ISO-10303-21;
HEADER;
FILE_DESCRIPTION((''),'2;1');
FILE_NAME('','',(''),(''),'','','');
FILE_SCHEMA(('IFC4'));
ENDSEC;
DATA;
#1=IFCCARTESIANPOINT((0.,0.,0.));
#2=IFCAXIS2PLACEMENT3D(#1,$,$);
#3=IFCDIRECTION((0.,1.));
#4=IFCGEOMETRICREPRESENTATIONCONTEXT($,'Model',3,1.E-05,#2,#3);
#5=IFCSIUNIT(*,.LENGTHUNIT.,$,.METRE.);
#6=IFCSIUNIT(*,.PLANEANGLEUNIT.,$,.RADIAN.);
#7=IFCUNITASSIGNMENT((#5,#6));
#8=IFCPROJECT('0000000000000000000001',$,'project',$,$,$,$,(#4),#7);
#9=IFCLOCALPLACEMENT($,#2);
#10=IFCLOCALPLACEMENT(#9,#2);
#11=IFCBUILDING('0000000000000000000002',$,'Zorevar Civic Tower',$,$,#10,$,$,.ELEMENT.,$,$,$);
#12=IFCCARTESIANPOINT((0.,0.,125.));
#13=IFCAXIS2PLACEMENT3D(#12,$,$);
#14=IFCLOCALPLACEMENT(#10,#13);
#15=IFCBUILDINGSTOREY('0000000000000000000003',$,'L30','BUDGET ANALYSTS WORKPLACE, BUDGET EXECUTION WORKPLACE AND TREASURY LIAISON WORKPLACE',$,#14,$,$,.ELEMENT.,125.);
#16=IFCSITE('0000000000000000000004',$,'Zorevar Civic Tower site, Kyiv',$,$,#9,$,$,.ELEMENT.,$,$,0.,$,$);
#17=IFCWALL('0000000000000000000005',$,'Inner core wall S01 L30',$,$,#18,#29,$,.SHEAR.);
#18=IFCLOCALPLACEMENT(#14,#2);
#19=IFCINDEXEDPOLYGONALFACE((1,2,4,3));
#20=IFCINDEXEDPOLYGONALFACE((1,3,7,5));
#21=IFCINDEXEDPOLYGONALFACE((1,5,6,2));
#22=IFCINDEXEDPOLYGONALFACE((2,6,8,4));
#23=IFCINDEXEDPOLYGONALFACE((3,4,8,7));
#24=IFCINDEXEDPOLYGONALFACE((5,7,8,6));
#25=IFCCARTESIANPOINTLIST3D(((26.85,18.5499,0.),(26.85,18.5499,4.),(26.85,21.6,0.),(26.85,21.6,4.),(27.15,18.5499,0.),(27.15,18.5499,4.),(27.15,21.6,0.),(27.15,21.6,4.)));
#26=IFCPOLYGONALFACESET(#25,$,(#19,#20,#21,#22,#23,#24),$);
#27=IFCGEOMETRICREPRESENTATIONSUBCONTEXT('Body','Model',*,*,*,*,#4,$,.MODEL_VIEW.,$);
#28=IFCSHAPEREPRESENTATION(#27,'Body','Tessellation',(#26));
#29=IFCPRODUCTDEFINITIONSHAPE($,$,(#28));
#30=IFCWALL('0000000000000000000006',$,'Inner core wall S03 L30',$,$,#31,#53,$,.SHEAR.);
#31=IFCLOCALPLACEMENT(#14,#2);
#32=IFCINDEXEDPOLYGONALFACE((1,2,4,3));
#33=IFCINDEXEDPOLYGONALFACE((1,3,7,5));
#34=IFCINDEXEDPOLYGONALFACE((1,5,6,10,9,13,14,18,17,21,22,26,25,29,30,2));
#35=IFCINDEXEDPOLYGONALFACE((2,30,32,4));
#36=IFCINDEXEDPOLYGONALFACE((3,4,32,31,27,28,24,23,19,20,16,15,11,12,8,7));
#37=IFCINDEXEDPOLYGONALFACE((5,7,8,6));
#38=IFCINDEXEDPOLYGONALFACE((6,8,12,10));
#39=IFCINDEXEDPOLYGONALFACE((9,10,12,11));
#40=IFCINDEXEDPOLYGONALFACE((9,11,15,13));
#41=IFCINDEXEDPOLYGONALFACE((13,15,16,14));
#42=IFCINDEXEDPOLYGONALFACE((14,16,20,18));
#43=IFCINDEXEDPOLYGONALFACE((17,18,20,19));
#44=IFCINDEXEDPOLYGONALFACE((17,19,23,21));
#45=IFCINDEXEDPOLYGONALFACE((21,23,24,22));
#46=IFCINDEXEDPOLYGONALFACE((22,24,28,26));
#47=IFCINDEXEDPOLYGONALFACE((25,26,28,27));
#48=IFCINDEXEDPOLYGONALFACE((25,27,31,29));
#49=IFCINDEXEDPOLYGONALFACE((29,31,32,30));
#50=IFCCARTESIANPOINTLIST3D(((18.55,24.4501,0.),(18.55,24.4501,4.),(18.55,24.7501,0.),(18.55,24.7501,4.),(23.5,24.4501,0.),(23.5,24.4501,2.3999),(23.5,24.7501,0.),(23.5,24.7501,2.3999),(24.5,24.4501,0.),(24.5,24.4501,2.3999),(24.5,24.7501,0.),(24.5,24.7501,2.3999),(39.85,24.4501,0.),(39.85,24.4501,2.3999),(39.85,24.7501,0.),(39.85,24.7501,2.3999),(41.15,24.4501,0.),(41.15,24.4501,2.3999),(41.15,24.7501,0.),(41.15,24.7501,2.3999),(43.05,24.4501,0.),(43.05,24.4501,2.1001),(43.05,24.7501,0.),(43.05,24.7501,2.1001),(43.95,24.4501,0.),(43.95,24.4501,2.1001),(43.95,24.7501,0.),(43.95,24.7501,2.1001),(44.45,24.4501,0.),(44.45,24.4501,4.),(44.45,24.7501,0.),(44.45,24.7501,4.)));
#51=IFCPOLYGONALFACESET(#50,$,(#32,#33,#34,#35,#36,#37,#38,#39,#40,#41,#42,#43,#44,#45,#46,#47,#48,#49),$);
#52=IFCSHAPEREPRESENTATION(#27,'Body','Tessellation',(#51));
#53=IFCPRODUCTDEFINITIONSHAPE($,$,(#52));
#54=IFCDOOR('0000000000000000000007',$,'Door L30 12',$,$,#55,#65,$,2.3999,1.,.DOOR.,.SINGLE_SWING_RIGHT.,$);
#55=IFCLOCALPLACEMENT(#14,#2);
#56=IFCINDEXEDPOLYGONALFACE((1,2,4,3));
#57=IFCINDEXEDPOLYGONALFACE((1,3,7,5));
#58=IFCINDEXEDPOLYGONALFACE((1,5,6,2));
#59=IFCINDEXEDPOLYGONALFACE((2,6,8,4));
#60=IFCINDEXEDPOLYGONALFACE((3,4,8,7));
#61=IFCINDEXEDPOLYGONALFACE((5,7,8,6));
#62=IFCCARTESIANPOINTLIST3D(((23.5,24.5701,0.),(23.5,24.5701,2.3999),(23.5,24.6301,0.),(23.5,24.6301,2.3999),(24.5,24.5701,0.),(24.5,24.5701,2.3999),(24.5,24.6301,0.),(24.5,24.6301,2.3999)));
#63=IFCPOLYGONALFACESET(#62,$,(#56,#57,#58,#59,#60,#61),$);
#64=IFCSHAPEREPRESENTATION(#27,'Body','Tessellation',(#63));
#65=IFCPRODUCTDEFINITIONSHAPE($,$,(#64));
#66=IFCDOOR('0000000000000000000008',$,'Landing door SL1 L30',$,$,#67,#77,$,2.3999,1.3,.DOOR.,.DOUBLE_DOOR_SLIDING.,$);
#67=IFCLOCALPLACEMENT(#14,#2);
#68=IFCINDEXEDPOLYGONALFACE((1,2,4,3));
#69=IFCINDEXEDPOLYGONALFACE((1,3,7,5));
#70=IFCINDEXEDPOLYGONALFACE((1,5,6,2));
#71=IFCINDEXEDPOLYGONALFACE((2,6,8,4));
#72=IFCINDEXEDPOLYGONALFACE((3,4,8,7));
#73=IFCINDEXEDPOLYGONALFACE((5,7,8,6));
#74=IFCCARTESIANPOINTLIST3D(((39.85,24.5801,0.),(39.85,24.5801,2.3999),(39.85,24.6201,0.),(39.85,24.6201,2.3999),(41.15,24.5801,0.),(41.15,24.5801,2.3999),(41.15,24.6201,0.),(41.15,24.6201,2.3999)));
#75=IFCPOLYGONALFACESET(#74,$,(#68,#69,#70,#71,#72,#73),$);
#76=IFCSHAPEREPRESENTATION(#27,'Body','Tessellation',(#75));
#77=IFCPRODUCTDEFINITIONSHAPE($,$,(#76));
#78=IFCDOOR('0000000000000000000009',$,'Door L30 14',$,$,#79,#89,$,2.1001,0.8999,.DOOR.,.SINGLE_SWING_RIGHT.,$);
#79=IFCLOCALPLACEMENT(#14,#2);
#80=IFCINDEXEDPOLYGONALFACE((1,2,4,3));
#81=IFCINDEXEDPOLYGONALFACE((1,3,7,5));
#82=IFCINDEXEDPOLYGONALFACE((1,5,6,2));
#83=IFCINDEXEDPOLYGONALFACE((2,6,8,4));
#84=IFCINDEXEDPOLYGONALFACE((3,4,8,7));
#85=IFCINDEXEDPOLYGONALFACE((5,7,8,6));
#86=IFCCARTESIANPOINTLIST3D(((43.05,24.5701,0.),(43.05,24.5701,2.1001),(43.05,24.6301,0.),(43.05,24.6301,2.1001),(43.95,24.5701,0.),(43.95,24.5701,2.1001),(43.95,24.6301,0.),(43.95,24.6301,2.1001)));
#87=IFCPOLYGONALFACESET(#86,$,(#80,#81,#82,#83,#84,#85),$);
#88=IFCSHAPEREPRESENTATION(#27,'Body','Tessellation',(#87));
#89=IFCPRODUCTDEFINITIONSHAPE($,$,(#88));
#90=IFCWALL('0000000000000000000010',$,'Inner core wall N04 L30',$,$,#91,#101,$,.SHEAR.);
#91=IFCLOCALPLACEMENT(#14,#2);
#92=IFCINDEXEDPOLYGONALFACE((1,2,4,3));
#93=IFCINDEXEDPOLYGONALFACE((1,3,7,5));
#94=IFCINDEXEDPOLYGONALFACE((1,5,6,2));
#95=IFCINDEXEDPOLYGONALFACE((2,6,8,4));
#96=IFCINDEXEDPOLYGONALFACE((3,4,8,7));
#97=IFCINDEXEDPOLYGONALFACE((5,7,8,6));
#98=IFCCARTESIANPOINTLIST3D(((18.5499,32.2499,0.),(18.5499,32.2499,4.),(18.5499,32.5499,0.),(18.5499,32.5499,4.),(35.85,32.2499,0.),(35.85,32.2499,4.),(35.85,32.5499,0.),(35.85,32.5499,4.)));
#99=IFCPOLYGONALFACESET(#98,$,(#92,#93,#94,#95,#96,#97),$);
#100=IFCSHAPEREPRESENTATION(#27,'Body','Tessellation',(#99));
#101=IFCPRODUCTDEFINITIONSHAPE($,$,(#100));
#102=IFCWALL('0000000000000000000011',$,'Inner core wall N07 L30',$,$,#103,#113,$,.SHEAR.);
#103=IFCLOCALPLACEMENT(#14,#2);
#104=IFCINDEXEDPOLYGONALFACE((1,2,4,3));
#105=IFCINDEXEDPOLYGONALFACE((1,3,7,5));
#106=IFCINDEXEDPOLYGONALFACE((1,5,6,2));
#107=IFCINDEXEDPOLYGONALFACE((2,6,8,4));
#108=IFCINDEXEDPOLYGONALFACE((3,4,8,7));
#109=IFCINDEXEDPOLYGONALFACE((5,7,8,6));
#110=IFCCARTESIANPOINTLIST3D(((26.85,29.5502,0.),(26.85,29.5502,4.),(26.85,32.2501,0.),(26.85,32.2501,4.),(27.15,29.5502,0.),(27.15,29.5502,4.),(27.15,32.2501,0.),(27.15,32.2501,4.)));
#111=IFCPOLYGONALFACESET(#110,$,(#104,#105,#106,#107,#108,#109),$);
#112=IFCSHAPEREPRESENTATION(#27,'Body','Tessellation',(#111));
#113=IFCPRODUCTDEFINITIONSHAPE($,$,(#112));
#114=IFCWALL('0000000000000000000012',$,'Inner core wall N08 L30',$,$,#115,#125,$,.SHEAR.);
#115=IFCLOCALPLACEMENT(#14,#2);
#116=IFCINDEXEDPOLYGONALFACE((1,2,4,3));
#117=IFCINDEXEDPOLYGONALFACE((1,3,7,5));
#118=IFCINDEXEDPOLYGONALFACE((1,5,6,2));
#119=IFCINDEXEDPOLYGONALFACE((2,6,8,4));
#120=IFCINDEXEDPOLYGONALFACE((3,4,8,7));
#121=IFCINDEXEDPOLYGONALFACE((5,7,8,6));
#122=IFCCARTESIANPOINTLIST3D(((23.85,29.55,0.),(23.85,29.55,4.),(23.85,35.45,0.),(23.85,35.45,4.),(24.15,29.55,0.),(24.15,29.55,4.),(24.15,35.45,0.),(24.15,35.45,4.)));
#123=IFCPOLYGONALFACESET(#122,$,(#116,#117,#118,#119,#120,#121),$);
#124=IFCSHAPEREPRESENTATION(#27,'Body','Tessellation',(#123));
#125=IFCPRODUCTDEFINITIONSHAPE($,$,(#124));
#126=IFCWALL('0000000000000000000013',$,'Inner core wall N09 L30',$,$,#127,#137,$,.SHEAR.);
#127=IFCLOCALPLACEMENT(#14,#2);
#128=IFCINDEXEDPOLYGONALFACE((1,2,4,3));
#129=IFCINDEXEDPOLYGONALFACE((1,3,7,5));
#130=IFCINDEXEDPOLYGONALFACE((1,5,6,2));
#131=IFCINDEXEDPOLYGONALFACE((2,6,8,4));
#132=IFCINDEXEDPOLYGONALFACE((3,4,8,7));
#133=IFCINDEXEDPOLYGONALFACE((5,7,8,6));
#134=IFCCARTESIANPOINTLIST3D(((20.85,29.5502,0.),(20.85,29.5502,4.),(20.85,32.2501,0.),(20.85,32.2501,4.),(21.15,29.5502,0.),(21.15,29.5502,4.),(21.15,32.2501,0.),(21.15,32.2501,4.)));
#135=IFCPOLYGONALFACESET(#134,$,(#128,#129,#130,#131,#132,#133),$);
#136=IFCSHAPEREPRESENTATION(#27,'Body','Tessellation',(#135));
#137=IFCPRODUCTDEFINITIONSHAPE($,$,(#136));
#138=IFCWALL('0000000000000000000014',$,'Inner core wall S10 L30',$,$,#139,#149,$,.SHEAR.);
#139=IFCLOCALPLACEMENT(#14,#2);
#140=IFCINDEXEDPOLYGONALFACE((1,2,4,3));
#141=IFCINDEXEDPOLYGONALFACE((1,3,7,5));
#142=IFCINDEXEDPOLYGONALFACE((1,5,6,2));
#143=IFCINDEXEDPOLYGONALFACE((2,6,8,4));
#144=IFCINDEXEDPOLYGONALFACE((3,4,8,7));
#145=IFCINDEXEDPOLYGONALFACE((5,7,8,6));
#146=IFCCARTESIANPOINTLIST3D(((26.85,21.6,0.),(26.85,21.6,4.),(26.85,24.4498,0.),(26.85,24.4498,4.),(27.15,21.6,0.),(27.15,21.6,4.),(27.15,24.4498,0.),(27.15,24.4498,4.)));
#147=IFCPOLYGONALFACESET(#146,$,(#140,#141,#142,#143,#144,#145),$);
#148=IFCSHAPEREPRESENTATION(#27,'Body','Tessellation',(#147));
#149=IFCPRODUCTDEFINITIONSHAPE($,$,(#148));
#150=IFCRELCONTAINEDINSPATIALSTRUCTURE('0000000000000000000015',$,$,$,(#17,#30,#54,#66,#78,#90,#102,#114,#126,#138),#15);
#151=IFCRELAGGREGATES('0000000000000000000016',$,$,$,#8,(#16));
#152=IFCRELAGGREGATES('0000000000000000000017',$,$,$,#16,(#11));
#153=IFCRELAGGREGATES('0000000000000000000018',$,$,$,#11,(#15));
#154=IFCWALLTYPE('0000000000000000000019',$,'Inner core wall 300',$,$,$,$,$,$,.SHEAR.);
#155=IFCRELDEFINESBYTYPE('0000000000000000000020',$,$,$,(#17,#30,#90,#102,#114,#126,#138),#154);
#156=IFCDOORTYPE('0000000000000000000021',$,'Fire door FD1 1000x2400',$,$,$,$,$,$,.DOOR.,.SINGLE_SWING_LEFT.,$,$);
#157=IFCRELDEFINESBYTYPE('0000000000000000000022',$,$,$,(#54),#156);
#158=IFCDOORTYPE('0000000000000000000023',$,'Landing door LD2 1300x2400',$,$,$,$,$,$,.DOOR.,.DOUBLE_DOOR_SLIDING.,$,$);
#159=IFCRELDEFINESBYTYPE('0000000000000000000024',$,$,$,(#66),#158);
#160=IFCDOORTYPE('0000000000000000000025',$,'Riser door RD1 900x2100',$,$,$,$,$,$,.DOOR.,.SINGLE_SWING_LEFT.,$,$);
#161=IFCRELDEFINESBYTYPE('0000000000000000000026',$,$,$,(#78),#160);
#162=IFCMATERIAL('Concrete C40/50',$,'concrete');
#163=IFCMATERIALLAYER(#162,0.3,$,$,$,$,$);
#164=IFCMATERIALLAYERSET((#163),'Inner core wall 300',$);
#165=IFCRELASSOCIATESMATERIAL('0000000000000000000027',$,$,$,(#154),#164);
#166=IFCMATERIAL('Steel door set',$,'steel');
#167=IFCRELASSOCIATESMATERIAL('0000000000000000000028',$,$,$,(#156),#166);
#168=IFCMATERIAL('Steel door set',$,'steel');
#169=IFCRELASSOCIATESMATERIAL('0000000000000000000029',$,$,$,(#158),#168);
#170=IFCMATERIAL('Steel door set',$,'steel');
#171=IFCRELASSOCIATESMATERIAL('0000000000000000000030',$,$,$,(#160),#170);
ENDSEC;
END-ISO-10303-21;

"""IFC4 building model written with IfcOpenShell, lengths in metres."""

from ifc_helpers import new_model, si_unit, direction, frame, frame_2d, origin, place, context, subcontext, project, spatial, rectangle, extrude, material, layer, layer_set, type_object, element, fill, save


model = new_model("IFC4")

# Units and contexts
model_context = context("Model", 3, precision=1e-05, world=origin(), true_north=direction((0.0, 1.0)))
body_context = subcontext(model_context, "Body", "Model", "MODEL_VIEW")
ifc_project = project(units=[si_unit("LENGTHUNIT", "METRE"), si_unit("PLANEANGLEUNIT", "RADIAN")], contexts=[model_context])

# Site, building, storey
site_placement = place(None, origin())
site = spatial("IfcSite", under=ifc_project, at=site_placement, Name="Zorevar Civic Tower site, Kyiv", CompositionType="ELEMENT", RefElevation=0.0)
building_placement = place(site_placement, origin())
building = spatial("IfcBuilding", under=site, at=building_placement, Name="Zorevar Civic Tower", CompositionType="ELEMENT")
storey_placement = place(building_placement, frame((0.0, 0.0, 125.0)))
storey = spatial("IfcBuildingStorey", under=building, at=storey_placement, Name="L30", Description="BUDGET ANALYSTS WORKPLACE, BUDGET EXECUTION WORKPLACE AND TREASURY LIAISON WORKPLACE", CompositionType="ELEMENT", Elevation=125.0)

# Wall
ifc_material_1 = material(Name="Concrete C40/50", Category="concrete")
ifc_layer = layer(ifc_material_1, 0.3)
ifc_layer_set = layer_set([ifc_layer], Name="Inner core wall 300")
wall_type = type_object("IfcWallType", Name="Inner core wall 300", PredefinedType="SHEAR", material=ifc_layer_set)
wall_1_placement = place(storey_placement, frame((27.0, 18.55, 0.0), z_axis=(0.0, 0.0, 1.0), x_axis=(0.0, 1.0, 0.0)))
element("IfcWall", 1, at=wall_1_placement, inside=storey, type_object=wall_type, Name="Inner core wall S01 L30", PredefinedType="SHEAR", context=body_context, shape_type="SweptSolid", body=[
    extrude(rectangle(XDim=3.05, YDim=0.3, at=frame_2d((1.5249, 0.0))), origin(), (0.0, 0.0, 1.0), 4.0),
])

# Wall, openings, doors
wall_2_placement = place(storey_placement, frame((18.55, 24.6001, 0.0), z_axis=(0.0, 0.0, 1.0), x_axis=(1.0, 0.0, 0.0)))
wall_2 = element("IfcWall", 2, at=wall_2_placement, inside=storey, type_object=wall_type, Name="Inner core wall S03 L30", PredefinedType="SHEAR", context=body_context, shape_type="SweptSolid", body=[
    extrude(rectangle(XDim=25.8999, YDim=0.3, at=frame_2d((12.95, 0.0))), origin(), (0.0, 0.0, 1.0), 4.0),
])
opening_1_placement = place(wall_2_placement, frame((4.95, 0.0, 0.0)))
opening_1 = element("IfcOpeningElement", 3, at=opening_1_placement, cuts=wall_2, PredefinedType="OPENING", context=body_context, shape_type="SweptSolid", body=[
    extrude(rectangle(XDim=1.0, YDim=2.3999, at=frame_2d((0.5, 1.2))), frame((0.0, 0.1599, 0.0), z_axis=(0.0, -1.0, 0.0), x_axis=(1.0, 0.0, 0.0)), (0.0, 0.0, 1.0), 0.3201),
])
opening_2_placement = place(wall_2_placement, frame((24.5, 0.0, 0.0)))
opening_2 = element("IfcOpeningElement", 4, at=opening_2_placement, cuts=wall_2, PredefinedType="OPENING", context=body_context, shape_type="SweptSolid", body=[
    extrude(rectangle(XDim=0.8999, YDim=2.1001, at=frame_2d((0.45, 1.05))), frame((0.0, 0.1599, 0.0), z_axis=(0.0, -1.0, 0.0), x_axis=(1.0, 0.0, 0.0)), (0.0, 0.0, 1.0), 0.3201),
])
opening_3_placement = place(wall_2_placement, frame((21.3, 0.0, 0.0)))
opening_3 = element("IfcOpeningElement", 5, at=opening_3_placement, cuts=wall_2, PredefinedType="OPENING", context=body_context, shape_type="SweptSolid", body=[
    extrude(rectangle(XDim=1.3, YDim=2.3999, at=frame_2d((0.6499, 1.2))), frame((0.0, 0.1599, 0.0), z_axis=(0.0, -1.0, 0.0), x_axis=(1.0, 0.0, 0.0)), (0.0, 0.0, 1.0), 0.3201),
])
ifc_material_2 = material(Name="Steel door set", Category="steel")
door_type_1 = type_object("IfcDoorType", Name="Fire door FD1 1000x2400", OperationType="SINGLE_SWING_LEFT", PredefinedType="DOOR", material=ifc_material_2)
door_1_placement = place(opening_1_placement, origin())
door_1 = element("IfcDoor", 6, at=door_1_placement, inside=storey, type_object=door_type_1, Name="Door L30 12", OperationType="SINGLE_SWING_RIGHT", OverallHeight=2.3999, OverallWidth=1.0, PredefinedType="DOOR", context=body_context, shape_type="SweptSolid", body=[
    extrude(rectangle(XDim=1.0, YDim=2.3999, at=frame_2d((0.5, 1.2))), frame((0.0, 0.03, 0.0), z_axis=(0.0, -1.0, 0.0), x_axis=(1.0, 0.0, 0.0)), (0.0, 0.0, 1.0), 0.0601),
])
fill(opening_1, door_1)
ifc_material_3 = material(Name="Steel door set", Category="steel")
door_type_2 = type_object("IfcDoorType", Name="Landing door LD2 1300x2400", OperationType="DOUBLE_DOOR_SLIDING", PredefinedType="DOOR", material=ifc_material_3)
door_2_placement = place(opening_3_placement, origin())
door_2 = element("IfcDoor", 7, at=door_2_placement, inside=storey, type_object=door_type_2, Name="Landing door SL1 L30", OperationType="DOUBLE_DOOR_SLIDING", OverallHeight=2.3999, OverallWidth=1.3, PredefinedType="DOOR", context=body_context, shape_type="SweptSolid", body=[
    extrude(rectangle(XDim=1.3, YDim=2.3999, at=frame_2d((0.6499, 1.2))), frame((0.0, 0.02, 0.0), z_axis=(0.0, -1.0, 0.0), x_axis=(1.0, 0.0, 0.0)), (0.0, 0.0, 1.0), 0.04),
])
fill(opening_3, door_2)
ifc_material_4 = material(Name="Steel door set", Category="steel")
door_type_3 = type_object("IfcDoorType", Name="Riser door RD1 900x2100", OperationType="SINGLE_SWING_LEFT", PredefinedType="DOOR", material=ifc_material_4)
door_3_placement = place(opening_2_placement, origin())
door_3 = element("IfcDoor", 8, at=door_3_placement, inside=storey, type_object=door_type_3, Name="Door L30 14", OperationType="SINGLE_SWING_RIGHT", OverallHeight=2.1001, OverallWidth=0.8999, PredefinedType="DOOR", context=body_context, shape_type="SweptSolid", body=[
    extrude(rectangle(XDim=0.8999, YDim=2.1001, at=frame_2d((0.45, 1.05))), frame((0.0, 0.03, 0.0), z_axis=(0.0, -1.0, 0.0), x_axis=(1.0, 0.0, 0.0)), (0.0, 0.0, 1.0), 0.0601),
])
fill(opening_2, door_3)

# Walls
wall_3_placement = place(storey_placement, frame((18.55, 32.3999, 0.0), z_axis=(0.0, 0.0, 1.0), x_axis=(1.0, 0.0, 0.0)))
element("IfcWall", 9, at=wall_3_placement, inside=storey, type_object=wall_type, Name="Inner core wall N04 L30", PredefinedType="SHEAR", context=body_context, shape_type="SweptSolid", body=[
    extrude(rectangle(XDim=17.3, YDim=0.3, at=frame_2d((8.6499, 0.0))), origin(), (0.0, 0.0, 1.0), 4.0),
])
wall_4_placement = place(storey_placement, frame((27.0, 29.55, 0.0), z_axis=(0.0, 0.0, 1.0), x_axis=(0.0, 1.0, 0.0)))
element("IfcWall", 10, at=wall_4_placement, inside=storey, type_object=wall_type, Name="Inner core wall N07 L30", PredefinedType="SHEAR", context=body_context, shape_type="SweptSolid", body=[
    extrude(rectangle(XDim=2.7, YDim=0.3, at=frame_2d((1.3501, 0.0))), origin(), (0.0, 0.0, 1.0), 4.0),
])
wall_5_placement = place(storey_placement, frame((24.0, 29.55, 0.0), z_axis=(0.0, 0.0, 1.0), x_axis=(0.0, 1.0, 0.0)))
element("IfcWall", 11, at=wall_5_placement, inside=storey, type_object=wall_type, Name="Inner core wall N08 L30", PredefinedType="SHEAR", context=body_context, shape_type="SweptSolid", body=[
    extrude(rectangle(XDim=5.8999, YDim=0.3, at=frame_2d((2.95, 0.0))), origin(), (0.0, 0.0, 1.0), 4.0),
])
wall_6_placement = place(storey_placement, frame((21.0, 29.55, 0.0), z_axis=(0.0, 0.0, 1.0), x_axis=(0.0, 1.0, 0.0)))
element("IfcWall", 12, at=wall_6_placement, inside=storey, type_object=wall_type, Name="Inner core wall N09 L30", PredefinedType="SHEAR", context=body_context, shape_type="SweptSolid", body=[
    extrude(rectangle(XDim=2.7, YDim=0.3, at=frame_2d((1.3501, 0.0))), origin(), (0.0, 0.0, 1.0), 4.0),
])
wall_7_placement = place(storey_placement, frame((27.0, 21.6001, 0.0), z_axis=(0.0, 0.0, 1.0), x_axis=(0.0, 1.0, 0.0)))
element("IfcWall", 13, at=wall_7_placement, inside=storey, type_object=wall_type, Name="Inner core wall S10 L30", PredefinedType="SHEAR", context=body_context, shape_type="SweptSolid", body=[
    extrude(rectangle(XDim=2.8499, YDim=0.3, at=frame_2d((1.4248, 0.0))), origin(), (0.0, 0.0, 1.0), 4.0),
])

save(model, "model.ifc")
